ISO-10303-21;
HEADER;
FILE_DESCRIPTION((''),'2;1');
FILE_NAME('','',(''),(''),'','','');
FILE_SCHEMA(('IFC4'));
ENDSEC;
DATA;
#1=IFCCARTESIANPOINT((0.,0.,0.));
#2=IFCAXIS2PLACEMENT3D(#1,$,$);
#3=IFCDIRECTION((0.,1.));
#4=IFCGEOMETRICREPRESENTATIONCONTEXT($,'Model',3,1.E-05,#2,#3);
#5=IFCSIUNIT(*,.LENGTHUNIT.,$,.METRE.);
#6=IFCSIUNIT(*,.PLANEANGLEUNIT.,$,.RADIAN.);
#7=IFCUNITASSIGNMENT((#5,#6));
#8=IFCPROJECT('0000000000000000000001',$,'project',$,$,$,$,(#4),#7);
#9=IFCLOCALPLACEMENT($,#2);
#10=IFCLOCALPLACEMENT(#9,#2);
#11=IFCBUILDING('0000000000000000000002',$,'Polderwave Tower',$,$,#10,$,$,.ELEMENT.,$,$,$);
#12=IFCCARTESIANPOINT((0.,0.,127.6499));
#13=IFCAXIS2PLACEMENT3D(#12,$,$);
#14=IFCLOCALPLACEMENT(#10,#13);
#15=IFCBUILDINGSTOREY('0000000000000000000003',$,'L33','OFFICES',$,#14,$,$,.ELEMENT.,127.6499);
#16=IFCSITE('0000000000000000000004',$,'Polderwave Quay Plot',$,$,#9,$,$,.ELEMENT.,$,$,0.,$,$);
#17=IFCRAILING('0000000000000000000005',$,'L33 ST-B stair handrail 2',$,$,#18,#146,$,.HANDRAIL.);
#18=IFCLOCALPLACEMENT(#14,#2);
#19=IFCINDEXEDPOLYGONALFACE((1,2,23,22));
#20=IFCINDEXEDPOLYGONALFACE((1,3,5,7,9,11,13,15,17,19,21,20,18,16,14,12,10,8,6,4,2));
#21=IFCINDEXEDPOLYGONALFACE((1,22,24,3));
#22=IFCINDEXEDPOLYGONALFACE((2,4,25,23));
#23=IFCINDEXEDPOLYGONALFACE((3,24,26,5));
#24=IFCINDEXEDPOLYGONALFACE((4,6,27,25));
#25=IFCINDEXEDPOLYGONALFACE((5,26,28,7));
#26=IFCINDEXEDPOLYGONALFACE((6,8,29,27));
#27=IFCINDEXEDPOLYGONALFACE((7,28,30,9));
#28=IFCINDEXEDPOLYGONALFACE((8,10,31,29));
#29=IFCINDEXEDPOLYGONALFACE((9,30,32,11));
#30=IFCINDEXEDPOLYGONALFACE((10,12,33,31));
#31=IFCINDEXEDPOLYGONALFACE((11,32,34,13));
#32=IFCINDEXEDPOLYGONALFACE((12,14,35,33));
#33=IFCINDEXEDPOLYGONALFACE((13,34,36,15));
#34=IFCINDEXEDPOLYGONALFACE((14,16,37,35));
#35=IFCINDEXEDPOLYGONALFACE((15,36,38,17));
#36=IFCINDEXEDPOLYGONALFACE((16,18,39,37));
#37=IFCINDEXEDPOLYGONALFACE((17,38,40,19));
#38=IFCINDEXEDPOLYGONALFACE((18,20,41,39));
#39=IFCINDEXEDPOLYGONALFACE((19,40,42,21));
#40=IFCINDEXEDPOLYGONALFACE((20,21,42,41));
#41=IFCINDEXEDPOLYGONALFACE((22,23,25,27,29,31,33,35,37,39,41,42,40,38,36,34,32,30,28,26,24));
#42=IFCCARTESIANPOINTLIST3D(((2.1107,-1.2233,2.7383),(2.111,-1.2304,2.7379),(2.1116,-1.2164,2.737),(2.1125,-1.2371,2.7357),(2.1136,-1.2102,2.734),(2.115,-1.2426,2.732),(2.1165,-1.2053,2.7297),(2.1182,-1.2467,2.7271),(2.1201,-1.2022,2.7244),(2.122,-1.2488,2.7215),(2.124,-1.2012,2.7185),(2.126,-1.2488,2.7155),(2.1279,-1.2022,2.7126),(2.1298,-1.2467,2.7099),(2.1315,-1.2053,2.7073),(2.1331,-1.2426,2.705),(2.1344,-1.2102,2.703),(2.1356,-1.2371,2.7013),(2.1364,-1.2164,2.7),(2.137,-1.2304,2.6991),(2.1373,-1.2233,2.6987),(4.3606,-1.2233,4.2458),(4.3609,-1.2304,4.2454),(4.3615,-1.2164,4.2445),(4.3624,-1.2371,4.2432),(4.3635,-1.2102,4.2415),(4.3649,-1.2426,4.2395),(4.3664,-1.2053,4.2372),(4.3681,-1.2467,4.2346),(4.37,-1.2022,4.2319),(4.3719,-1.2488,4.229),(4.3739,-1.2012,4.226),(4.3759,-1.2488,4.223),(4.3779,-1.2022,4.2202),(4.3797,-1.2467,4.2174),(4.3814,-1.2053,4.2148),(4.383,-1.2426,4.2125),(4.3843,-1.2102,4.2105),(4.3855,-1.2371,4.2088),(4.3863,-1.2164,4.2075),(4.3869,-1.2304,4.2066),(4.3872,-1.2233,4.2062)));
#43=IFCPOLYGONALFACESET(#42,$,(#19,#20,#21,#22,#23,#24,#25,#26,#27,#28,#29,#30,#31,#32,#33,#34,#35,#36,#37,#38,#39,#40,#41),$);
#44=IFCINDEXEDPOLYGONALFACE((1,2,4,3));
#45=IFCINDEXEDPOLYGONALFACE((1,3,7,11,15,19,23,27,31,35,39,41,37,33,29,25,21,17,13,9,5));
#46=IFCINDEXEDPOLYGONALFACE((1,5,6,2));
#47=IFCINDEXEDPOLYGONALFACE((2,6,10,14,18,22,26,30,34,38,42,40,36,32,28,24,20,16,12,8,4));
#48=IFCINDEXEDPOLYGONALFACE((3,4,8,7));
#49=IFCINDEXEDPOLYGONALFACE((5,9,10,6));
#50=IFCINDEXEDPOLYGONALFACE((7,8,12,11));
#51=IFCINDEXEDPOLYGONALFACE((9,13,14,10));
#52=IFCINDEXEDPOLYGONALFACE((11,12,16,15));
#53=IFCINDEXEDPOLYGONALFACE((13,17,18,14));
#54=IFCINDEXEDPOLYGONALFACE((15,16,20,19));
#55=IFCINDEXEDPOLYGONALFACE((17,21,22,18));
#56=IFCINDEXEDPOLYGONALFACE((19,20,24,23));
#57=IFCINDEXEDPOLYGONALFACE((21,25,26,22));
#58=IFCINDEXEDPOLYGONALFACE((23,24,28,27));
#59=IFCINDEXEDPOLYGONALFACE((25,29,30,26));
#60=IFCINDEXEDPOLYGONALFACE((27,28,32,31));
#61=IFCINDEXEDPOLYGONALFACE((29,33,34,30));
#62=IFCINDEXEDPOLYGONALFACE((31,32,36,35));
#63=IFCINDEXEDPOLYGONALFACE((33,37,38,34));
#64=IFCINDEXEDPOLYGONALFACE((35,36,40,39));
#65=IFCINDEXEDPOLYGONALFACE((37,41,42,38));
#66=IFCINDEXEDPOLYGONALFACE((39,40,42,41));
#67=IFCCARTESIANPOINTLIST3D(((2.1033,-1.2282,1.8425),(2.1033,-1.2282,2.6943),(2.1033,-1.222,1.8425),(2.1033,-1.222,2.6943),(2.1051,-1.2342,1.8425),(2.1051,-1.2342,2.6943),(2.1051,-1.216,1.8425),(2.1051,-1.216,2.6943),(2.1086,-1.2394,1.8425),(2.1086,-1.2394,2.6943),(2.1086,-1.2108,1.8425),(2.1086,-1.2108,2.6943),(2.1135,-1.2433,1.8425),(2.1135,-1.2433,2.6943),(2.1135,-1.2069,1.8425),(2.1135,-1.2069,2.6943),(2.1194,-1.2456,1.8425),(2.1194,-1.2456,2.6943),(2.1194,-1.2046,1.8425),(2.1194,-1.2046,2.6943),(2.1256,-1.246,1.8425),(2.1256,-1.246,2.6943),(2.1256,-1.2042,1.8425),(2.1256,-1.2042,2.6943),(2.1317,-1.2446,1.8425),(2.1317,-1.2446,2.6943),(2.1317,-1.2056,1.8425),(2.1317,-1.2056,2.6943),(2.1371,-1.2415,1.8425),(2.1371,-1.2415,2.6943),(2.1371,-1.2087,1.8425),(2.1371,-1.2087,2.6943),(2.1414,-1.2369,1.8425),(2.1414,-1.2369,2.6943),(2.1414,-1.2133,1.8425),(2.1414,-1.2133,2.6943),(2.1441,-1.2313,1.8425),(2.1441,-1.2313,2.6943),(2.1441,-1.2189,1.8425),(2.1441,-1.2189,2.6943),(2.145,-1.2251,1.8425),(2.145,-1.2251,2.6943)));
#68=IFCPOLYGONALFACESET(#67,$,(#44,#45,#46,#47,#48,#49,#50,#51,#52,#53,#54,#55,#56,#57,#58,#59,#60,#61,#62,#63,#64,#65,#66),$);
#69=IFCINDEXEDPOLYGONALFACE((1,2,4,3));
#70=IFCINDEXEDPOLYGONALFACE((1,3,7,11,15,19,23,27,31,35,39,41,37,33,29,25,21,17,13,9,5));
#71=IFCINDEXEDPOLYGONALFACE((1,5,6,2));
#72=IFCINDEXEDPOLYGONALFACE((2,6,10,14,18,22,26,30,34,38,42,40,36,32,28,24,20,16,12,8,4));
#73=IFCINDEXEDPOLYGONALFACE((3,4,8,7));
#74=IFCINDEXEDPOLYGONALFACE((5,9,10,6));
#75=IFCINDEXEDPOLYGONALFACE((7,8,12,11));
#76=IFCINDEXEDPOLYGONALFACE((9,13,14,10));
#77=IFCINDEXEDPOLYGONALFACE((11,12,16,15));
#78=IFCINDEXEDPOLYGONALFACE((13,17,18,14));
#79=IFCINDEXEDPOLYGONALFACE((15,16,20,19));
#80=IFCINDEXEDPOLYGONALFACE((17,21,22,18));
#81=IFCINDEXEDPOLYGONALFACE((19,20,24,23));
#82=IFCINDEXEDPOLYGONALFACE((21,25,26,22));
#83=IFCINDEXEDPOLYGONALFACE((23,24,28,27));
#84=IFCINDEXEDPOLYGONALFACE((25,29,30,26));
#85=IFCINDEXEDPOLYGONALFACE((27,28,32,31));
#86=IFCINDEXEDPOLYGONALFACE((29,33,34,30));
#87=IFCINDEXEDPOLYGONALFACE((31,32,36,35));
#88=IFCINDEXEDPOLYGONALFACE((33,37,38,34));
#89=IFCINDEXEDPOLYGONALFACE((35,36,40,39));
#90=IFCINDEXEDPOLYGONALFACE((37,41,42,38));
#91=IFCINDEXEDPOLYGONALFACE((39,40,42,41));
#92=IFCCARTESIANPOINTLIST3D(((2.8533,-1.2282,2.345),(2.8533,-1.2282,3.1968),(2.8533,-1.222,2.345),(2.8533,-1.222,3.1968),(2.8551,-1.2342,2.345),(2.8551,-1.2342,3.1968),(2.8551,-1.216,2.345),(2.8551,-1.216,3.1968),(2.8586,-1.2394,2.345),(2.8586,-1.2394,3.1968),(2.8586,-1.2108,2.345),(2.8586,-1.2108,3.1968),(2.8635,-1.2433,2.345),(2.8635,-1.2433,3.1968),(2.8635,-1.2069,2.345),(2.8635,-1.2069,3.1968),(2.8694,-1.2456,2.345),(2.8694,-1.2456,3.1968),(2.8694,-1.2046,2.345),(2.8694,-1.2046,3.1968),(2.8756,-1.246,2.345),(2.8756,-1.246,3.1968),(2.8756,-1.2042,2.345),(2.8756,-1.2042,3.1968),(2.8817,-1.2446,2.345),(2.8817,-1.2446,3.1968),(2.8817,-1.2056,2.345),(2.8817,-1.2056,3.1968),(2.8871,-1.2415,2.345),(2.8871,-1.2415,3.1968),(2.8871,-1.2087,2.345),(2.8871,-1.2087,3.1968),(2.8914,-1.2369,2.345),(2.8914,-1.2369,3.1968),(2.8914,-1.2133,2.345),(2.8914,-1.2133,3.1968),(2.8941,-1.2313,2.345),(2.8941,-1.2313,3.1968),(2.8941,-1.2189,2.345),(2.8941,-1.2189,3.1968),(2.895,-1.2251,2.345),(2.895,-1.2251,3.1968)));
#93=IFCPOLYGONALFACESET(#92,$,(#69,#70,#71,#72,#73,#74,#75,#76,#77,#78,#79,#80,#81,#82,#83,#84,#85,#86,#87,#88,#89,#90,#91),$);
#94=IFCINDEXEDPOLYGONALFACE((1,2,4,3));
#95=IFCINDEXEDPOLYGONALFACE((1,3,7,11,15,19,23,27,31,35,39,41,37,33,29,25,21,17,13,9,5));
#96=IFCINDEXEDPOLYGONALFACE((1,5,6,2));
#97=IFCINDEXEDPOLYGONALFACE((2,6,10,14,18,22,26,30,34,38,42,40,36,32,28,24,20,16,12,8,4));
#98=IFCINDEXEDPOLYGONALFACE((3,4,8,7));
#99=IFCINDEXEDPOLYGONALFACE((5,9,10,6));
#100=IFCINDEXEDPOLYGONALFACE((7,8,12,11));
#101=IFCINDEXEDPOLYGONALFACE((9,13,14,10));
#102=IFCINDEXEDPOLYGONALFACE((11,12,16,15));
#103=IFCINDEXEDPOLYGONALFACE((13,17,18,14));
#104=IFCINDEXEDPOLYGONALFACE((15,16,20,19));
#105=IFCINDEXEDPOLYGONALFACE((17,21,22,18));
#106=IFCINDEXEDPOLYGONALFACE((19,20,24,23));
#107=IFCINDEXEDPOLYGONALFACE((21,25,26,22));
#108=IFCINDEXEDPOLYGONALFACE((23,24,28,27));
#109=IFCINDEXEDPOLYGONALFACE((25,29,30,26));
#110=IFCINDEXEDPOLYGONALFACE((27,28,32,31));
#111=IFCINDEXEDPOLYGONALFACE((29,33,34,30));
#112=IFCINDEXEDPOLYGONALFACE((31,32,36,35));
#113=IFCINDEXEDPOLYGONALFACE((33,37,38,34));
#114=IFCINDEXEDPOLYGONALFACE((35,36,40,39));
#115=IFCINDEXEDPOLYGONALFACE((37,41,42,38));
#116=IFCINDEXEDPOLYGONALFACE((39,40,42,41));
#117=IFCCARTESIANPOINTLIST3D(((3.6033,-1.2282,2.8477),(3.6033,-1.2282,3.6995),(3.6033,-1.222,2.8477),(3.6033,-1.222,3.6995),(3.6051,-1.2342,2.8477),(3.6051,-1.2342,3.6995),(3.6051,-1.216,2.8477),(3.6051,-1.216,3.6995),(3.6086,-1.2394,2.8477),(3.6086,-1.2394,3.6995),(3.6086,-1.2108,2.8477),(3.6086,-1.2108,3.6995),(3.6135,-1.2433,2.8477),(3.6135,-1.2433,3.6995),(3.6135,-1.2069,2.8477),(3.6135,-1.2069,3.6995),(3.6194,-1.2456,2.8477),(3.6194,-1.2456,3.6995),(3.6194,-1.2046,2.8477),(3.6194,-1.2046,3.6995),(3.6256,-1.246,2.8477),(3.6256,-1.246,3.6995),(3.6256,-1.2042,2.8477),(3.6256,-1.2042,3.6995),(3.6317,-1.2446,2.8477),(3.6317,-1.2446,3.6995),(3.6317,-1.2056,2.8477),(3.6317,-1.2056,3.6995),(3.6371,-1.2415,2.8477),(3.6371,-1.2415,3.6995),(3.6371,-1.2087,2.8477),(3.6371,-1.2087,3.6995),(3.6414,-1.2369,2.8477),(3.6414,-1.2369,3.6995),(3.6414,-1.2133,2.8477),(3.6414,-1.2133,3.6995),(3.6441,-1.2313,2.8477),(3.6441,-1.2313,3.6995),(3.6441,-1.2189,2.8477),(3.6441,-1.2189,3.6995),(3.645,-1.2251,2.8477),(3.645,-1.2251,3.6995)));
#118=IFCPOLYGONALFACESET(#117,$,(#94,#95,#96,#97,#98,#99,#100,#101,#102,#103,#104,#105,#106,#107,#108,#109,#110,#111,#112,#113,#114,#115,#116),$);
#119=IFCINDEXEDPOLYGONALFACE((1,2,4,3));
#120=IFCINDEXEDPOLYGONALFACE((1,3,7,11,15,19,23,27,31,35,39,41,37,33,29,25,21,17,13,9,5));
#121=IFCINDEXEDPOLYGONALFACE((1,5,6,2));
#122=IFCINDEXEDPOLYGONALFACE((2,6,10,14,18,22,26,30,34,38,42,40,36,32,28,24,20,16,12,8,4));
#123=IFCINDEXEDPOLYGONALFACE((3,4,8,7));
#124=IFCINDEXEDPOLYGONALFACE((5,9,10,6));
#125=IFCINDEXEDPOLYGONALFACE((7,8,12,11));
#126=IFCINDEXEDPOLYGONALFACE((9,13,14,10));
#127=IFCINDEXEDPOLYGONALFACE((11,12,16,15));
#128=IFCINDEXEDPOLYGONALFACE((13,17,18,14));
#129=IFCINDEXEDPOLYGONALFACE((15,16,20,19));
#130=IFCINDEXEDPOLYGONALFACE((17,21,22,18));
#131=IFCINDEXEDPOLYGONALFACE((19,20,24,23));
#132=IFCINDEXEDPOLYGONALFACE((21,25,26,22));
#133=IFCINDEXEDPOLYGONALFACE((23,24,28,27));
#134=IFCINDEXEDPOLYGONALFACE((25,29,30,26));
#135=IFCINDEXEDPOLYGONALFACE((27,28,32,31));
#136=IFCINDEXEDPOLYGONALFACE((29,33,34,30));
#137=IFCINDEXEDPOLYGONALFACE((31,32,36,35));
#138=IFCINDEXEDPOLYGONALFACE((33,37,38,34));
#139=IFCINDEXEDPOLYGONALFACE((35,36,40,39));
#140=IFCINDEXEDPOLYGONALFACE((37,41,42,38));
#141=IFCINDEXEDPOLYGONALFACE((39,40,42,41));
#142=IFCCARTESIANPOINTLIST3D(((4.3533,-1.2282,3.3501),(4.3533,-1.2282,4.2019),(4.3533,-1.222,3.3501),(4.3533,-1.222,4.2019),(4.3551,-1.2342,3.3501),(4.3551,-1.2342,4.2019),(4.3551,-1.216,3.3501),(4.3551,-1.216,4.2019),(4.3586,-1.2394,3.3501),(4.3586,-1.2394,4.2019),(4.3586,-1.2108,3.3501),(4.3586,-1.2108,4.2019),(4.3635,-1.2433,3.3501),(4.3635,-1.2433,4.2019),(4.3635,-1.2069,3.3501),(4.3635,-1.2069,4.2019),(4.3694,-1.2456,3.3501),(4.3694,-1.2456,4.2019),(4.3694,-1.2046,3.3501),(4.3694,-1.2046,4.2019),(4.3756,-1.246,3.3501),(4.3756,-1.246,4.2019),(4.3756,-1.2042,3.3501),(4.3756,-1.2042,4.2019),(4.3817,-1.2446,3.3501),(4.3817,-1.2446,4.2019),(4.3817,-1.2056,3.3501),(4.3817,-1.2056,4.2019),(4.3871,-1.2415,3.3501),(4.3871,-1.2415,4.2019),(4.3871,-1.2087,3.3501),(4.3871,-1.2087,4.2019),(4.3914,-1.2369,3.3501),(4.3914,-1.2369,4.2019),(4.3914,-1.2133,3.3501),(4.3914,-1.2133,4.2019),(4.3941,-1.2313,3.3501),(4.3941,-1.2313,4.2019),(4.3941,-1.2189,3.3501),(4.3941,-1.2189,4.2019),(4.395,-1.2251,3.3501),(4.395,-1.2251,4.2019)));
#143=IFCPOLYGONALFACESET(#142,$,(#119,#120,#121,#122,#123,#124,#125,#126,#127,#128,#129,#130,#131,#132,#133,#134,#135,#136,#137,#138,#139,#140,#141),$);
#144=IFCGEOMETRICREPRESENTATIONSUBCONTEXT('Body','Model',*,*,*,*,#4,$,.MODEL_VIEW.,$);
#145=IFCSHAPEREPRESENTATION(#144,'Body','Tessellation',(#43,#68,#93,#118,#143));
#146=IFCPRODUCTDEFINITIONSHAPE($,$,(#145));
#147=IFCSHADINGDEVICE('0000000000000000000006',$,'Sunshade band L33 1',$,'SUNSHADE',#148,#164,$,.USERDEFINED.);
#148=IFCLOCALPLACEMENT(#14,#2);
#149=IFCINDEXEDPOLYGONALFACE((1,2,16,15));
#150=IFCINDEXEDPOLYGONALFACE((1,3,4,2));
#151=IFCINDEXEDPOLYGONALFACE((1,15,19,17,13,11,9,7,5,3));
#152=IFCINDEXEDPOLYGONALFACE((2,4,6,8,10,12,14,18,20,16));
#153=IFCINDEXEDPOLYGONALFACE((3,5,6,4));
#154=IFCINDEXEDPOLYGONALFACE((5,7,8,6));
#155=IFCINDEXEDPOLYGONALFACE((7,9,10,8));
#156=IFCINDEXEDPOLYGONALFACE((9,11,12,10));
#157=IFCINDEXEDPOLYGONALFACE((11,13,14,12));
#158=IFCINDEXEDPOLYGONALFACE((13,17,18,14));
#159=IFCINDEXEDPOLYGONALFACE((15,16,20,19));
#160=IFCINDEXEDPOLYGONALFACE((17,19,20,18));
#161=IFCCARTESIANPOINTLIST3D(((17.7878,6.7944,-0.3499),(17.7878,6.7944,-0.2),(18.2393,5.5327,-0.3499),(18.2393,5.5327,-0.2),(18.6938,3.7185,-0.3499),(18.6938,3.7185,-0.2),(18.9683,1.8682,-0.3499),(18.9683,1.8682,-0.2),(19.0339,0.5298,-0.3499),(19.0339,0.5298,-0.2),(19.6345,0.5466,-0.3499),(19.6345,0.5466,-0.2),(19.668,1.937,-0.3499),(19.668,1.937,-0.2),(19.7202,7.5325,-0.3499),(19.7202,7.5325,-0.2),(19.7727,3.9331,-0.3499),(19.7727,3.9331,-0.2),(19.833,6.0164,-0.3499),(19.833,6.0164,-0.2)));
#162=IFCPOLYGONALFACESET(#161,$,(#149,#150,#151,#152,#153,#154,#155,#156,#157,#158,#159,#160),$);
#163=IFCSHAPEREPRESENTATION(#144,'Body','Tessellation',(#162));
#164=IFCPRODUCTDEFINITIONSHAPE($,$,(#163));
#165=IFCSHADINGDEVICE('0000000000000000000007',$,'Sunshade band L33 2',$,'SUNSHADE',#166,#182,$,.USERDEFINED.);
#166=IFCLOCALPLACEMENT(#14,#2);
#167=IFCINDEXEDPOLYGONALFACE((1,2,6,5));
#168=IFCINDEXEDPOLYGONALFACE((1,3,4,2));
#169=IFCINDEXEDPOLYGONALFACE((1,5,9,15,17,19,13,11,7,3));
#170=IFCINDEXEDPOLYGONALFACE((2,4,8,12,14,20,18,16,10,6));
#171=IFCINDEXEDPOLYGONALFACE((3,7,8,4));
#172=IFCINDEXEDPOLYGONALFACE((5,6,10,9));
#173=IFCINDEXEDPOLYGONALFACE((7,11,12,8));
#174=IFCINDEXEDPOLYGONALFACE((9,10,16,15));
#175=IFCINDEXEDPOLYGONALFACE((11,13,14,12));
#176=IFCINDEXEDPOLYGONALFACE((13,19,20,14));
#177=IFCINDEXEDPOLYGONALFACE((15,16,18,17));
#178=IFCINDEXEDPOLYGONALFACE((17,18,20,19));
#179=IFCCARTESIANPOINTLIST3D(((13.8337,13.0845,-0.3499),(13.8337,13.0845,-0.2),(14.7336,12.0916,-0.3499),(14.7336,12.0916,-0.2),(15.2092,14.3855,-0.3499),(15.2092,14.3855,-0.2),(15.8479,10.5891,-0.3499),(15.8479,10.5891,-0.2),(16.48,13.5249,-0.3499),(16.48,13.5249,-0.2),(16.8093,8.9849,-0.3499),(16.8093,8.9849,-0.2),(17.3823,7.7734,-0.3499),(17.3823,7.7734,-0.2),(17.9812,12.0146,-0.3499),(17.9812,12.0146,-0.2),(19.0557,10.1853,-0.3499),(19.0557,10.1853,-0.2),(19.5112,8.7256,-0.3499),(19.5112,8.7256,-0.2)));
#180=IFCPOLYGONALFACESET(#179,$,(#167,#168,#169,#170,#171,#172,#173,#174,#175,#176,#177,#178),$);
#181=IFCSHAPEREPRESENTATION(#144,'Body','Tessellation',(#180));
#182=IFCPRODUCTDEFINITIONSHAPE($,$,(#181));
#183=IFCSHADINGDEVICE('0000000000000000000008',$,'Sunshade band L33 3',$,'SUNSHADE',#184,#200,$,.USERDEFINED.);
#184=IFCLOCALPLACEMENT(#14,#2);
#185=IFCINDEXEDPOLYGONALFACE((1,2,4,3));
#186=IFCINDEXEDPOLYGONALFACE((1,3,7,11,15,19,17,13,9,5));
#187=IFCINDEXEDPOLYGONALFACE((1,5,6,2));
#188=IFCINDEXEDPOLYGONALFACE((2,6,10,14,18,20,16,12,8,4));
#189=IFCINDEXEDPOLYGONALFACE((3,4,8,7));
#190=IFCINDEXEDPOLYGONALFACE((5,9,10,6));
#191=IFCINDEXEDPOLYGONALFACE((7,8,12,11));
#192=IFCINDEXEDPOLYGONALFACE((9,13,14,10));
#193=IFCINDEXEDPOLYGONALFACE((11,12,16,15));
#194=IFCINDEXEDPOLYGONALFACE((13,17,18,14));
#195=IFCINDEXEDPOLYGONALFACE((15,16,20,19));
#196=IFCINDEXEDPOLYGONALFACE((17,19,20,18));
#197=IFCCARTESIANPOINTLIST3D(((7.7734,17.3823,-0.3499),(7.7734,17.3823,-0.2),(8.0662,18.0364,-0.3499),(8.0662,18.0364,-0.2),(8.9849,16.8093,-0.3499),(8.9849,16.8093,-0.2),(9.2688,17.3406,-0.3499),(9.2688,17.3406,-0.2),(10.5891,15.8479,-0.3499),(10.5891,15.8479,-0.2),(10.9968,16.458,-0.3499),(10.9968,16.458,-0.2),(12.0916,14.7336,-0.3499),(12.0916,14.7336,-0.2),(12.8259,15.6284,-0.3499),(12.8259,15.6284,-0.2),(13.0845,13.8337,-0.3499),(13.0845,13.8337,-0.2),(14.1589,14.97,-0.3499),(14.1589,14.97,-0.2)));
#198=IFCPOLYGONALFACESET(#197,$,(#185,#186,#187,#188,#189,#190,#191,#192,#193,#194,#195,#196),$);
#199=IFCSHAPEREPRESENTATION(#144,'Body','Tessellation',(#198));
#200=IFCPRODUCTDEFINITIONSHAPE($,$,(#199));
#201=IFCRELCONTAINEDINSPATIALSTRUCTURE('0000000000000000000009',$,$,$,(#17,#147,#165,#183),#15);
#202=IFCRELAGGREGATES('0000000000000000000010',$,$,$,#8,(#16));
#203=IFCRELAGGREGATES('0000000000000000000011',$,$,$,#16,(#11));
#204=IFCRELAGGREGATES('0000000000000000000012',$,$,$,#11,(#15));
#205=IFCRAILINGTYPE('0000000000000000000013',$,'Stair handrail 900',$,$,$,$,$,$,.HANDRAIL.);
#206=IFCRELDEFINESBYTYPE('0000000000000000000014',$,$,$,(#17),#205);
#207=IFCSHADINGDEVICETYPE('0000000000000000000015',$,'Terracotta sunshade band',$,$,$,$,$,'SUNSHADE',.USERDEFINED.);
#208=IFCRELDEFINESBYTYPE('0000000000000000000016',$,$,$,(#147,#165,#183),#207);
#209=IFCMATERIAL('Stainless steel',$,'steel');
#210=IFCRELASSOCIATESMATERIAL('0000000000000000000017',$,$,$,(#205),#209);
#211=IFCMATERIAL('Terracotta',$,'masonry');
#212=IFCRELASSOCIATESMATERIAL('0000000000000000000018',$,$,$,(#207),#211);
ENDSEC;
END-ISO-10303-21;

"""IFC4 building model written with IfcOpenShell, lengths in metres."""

from ifc_helpers import new_model, si_unit, direction, frame, origin, origin_2d, place, context, subcontext, project, spatial, polyline, circle, outline, extrude, material, type_object, element, save


model = new_model("IFC4")

# Units and contexts
model_context = context("Model", 3, precision=1e-05, world=origin(), true_north=direction((0.0, 1.0)))
body_context = subcontext(model_context, "Body", "Model", "MODEL_VIEW")
ifc_project = project(units=[si_unit("LENGTHUNIT", "METRE"), si_unit("PLANEANGLEUNIT", "RADIAN")], contexts=[model_context])

# Site, building, storey
site_placement = place(None, origin())
site = spatial("IfcSite", under=ifc_project, at=site_placement, Name="Polderwave Quay Plot", CompositionType="ELEMENT", RefElevation=0.0)
building_placement = place(site_placement, origin())
building = spatial("IfcBuilding", under=site, at=building_placement, Name="Polderwave Tower", CompositionType="ELEMENT")
storey_placement = place(building_placement, frame((0.0, 0.0, 127.6499)))
storey = spatial("IfcBuildingStorey", under=building, at=storey_placement, Name="L33", Description="OFFICES", CompositionType="ELEMENT", Elevation=127.6499)

# Railing
ifc_material_1 = material(Name="Stainless steel", Category="steel")
railing_type_1 = type_object("IfcRailingType", Name="Stair handrail 900", PredefinedType="HANDRAIL", material=ifc_material_1)
railing_1_placement = place(storey_placement, frame((2.124, -1.2251, 1.8425)))
element("IfcRailing", 1, at=railing_1_placement, inside=storey, type_object=railing_type_1, Name="L33 ST-B stair handrail 2", PredefinedType="HANDRAIL", context=body_context, shape_type="SweptSolid", body=[
    extrude(circle(Radius=0.0239, at=origin_2d()), frame((0.0, 0.0, 0.876), z_axis=(0.830758, 0.0, 0.556633), x_axis=(0.0, 1.0, 0.0)), (0.0, 0.0, 1.0), 2.7083),
    extrude(circle(Radius=0.021, at=origin_2d()), origin(), (0.0, 0.0, 1.0), 0.8518),
    extrude(circle(Radius=0.021, at=origin_2d()), frame((0.75, 0.0, 0.5024)), (0.0, 0.0, 1.0), 0.8518),
    extrude(circle(Radius=0.021, at=origin_2d()), frame((1.5, 0.0, 1.0051)), (0.0, 0.0, 1.0), 0.8518),
    extrude(circle(Radius=0.021, at=origin_2d()), frame((2.25, 0.0, 1.5076)), (0.0, 0.0, 1.0), 0.8518),
])

# Shading devices
ifc_material_2 = material(Name="Terracotta", Category="masonry")
shading_device_type = type_object("IfcShadingDeviceType", Name="Terracotta sunshade band", ElementType="SUNSHADE", PredefinedType="USERDEFINED", material=ifc_material_2)
shading_device_1_placement = place(storey_placement, frame((0.0, 0.0, -0.3499)))
element("IfcShadingDevice", 2, at=shading_device_1_placement, inside=storey, type_object=shading_device_type, Name="Sunshade band L33 1", ObjectType="SUNSHADE", PredefinedType="USERDEFINED", context=body_context, shape_type="SweptSolid", body=[
    extrude(outline(polyline([(19.0339, 0.5298), (18.9683, 1.8682), (18.6938, 3.7185), (18.2393, 5.5327), (17.7878, 6.7944), (19.7202, 7.5325), (19.833, 6.0164), (19.7727, 3.9331), (19.668, 1.937), (19.6345, 0.5466), (19.0339, 0.5298)])), origin(), (0.0, 0.0, 1.0), 0.1499),
])
shading_device_2_placement = place(storey_placement, frame((0.0, 0.0, -0.3499)))
element("IfcShadingDevice", 3, at=shading_device_2_placement, inside=storey, type_object=shading_device_type, Name="Sunshade band L33 2", ObjectType="SUNSHADE", PredefinedType="USERDEFINED", context=body_context, shape_type="SweptSolid", body=[
    extrude(outline(polyline([(17.3823, 7.7734), (16.8093, 8.9849), (15.8479, 10.5891), (14.7336, 12.0916), (13.8337, 13.0845), (15.2092, 14.3855), (16.48, 13.5249), (17.9812, 12.0146), (19.0557, 10.1853), (19.5112, 8.7256), (17.3823, 7.7734)])), origin(), (0.0, 0.0, 1.0), 0.1499),
])
shading_device_3_placement = place(storey_placement, frame((0.0, 0.0, -0.3499)))
element("IfcShadingDevice", 4, at=shading_device_3_placement, inside=storey, type_object=shading_device_type, Name="Sunshade band L33 3", ObjectType="SUNSHADE", PredefinedType="USERDEFINED", context=body_context, shape_type="SweptSolid", body=[
    extrude(outline(polyline([(13.0845, 13.8337), (12.0916, 14.7336), (10.5891, 15.8479), (8.9849, 16.8093), (7.7734, 17.3823), (8.0662, 18.0364), (9.2688, 17.3406), (10.9968, 16.458), (12.8259, 15.6284), (14.1589, 14.97), (13.0845, 13.8337)])), origin(), (0.0, 0.0, 1.0), 0.1499),
])

save(model, "model.ifc")
